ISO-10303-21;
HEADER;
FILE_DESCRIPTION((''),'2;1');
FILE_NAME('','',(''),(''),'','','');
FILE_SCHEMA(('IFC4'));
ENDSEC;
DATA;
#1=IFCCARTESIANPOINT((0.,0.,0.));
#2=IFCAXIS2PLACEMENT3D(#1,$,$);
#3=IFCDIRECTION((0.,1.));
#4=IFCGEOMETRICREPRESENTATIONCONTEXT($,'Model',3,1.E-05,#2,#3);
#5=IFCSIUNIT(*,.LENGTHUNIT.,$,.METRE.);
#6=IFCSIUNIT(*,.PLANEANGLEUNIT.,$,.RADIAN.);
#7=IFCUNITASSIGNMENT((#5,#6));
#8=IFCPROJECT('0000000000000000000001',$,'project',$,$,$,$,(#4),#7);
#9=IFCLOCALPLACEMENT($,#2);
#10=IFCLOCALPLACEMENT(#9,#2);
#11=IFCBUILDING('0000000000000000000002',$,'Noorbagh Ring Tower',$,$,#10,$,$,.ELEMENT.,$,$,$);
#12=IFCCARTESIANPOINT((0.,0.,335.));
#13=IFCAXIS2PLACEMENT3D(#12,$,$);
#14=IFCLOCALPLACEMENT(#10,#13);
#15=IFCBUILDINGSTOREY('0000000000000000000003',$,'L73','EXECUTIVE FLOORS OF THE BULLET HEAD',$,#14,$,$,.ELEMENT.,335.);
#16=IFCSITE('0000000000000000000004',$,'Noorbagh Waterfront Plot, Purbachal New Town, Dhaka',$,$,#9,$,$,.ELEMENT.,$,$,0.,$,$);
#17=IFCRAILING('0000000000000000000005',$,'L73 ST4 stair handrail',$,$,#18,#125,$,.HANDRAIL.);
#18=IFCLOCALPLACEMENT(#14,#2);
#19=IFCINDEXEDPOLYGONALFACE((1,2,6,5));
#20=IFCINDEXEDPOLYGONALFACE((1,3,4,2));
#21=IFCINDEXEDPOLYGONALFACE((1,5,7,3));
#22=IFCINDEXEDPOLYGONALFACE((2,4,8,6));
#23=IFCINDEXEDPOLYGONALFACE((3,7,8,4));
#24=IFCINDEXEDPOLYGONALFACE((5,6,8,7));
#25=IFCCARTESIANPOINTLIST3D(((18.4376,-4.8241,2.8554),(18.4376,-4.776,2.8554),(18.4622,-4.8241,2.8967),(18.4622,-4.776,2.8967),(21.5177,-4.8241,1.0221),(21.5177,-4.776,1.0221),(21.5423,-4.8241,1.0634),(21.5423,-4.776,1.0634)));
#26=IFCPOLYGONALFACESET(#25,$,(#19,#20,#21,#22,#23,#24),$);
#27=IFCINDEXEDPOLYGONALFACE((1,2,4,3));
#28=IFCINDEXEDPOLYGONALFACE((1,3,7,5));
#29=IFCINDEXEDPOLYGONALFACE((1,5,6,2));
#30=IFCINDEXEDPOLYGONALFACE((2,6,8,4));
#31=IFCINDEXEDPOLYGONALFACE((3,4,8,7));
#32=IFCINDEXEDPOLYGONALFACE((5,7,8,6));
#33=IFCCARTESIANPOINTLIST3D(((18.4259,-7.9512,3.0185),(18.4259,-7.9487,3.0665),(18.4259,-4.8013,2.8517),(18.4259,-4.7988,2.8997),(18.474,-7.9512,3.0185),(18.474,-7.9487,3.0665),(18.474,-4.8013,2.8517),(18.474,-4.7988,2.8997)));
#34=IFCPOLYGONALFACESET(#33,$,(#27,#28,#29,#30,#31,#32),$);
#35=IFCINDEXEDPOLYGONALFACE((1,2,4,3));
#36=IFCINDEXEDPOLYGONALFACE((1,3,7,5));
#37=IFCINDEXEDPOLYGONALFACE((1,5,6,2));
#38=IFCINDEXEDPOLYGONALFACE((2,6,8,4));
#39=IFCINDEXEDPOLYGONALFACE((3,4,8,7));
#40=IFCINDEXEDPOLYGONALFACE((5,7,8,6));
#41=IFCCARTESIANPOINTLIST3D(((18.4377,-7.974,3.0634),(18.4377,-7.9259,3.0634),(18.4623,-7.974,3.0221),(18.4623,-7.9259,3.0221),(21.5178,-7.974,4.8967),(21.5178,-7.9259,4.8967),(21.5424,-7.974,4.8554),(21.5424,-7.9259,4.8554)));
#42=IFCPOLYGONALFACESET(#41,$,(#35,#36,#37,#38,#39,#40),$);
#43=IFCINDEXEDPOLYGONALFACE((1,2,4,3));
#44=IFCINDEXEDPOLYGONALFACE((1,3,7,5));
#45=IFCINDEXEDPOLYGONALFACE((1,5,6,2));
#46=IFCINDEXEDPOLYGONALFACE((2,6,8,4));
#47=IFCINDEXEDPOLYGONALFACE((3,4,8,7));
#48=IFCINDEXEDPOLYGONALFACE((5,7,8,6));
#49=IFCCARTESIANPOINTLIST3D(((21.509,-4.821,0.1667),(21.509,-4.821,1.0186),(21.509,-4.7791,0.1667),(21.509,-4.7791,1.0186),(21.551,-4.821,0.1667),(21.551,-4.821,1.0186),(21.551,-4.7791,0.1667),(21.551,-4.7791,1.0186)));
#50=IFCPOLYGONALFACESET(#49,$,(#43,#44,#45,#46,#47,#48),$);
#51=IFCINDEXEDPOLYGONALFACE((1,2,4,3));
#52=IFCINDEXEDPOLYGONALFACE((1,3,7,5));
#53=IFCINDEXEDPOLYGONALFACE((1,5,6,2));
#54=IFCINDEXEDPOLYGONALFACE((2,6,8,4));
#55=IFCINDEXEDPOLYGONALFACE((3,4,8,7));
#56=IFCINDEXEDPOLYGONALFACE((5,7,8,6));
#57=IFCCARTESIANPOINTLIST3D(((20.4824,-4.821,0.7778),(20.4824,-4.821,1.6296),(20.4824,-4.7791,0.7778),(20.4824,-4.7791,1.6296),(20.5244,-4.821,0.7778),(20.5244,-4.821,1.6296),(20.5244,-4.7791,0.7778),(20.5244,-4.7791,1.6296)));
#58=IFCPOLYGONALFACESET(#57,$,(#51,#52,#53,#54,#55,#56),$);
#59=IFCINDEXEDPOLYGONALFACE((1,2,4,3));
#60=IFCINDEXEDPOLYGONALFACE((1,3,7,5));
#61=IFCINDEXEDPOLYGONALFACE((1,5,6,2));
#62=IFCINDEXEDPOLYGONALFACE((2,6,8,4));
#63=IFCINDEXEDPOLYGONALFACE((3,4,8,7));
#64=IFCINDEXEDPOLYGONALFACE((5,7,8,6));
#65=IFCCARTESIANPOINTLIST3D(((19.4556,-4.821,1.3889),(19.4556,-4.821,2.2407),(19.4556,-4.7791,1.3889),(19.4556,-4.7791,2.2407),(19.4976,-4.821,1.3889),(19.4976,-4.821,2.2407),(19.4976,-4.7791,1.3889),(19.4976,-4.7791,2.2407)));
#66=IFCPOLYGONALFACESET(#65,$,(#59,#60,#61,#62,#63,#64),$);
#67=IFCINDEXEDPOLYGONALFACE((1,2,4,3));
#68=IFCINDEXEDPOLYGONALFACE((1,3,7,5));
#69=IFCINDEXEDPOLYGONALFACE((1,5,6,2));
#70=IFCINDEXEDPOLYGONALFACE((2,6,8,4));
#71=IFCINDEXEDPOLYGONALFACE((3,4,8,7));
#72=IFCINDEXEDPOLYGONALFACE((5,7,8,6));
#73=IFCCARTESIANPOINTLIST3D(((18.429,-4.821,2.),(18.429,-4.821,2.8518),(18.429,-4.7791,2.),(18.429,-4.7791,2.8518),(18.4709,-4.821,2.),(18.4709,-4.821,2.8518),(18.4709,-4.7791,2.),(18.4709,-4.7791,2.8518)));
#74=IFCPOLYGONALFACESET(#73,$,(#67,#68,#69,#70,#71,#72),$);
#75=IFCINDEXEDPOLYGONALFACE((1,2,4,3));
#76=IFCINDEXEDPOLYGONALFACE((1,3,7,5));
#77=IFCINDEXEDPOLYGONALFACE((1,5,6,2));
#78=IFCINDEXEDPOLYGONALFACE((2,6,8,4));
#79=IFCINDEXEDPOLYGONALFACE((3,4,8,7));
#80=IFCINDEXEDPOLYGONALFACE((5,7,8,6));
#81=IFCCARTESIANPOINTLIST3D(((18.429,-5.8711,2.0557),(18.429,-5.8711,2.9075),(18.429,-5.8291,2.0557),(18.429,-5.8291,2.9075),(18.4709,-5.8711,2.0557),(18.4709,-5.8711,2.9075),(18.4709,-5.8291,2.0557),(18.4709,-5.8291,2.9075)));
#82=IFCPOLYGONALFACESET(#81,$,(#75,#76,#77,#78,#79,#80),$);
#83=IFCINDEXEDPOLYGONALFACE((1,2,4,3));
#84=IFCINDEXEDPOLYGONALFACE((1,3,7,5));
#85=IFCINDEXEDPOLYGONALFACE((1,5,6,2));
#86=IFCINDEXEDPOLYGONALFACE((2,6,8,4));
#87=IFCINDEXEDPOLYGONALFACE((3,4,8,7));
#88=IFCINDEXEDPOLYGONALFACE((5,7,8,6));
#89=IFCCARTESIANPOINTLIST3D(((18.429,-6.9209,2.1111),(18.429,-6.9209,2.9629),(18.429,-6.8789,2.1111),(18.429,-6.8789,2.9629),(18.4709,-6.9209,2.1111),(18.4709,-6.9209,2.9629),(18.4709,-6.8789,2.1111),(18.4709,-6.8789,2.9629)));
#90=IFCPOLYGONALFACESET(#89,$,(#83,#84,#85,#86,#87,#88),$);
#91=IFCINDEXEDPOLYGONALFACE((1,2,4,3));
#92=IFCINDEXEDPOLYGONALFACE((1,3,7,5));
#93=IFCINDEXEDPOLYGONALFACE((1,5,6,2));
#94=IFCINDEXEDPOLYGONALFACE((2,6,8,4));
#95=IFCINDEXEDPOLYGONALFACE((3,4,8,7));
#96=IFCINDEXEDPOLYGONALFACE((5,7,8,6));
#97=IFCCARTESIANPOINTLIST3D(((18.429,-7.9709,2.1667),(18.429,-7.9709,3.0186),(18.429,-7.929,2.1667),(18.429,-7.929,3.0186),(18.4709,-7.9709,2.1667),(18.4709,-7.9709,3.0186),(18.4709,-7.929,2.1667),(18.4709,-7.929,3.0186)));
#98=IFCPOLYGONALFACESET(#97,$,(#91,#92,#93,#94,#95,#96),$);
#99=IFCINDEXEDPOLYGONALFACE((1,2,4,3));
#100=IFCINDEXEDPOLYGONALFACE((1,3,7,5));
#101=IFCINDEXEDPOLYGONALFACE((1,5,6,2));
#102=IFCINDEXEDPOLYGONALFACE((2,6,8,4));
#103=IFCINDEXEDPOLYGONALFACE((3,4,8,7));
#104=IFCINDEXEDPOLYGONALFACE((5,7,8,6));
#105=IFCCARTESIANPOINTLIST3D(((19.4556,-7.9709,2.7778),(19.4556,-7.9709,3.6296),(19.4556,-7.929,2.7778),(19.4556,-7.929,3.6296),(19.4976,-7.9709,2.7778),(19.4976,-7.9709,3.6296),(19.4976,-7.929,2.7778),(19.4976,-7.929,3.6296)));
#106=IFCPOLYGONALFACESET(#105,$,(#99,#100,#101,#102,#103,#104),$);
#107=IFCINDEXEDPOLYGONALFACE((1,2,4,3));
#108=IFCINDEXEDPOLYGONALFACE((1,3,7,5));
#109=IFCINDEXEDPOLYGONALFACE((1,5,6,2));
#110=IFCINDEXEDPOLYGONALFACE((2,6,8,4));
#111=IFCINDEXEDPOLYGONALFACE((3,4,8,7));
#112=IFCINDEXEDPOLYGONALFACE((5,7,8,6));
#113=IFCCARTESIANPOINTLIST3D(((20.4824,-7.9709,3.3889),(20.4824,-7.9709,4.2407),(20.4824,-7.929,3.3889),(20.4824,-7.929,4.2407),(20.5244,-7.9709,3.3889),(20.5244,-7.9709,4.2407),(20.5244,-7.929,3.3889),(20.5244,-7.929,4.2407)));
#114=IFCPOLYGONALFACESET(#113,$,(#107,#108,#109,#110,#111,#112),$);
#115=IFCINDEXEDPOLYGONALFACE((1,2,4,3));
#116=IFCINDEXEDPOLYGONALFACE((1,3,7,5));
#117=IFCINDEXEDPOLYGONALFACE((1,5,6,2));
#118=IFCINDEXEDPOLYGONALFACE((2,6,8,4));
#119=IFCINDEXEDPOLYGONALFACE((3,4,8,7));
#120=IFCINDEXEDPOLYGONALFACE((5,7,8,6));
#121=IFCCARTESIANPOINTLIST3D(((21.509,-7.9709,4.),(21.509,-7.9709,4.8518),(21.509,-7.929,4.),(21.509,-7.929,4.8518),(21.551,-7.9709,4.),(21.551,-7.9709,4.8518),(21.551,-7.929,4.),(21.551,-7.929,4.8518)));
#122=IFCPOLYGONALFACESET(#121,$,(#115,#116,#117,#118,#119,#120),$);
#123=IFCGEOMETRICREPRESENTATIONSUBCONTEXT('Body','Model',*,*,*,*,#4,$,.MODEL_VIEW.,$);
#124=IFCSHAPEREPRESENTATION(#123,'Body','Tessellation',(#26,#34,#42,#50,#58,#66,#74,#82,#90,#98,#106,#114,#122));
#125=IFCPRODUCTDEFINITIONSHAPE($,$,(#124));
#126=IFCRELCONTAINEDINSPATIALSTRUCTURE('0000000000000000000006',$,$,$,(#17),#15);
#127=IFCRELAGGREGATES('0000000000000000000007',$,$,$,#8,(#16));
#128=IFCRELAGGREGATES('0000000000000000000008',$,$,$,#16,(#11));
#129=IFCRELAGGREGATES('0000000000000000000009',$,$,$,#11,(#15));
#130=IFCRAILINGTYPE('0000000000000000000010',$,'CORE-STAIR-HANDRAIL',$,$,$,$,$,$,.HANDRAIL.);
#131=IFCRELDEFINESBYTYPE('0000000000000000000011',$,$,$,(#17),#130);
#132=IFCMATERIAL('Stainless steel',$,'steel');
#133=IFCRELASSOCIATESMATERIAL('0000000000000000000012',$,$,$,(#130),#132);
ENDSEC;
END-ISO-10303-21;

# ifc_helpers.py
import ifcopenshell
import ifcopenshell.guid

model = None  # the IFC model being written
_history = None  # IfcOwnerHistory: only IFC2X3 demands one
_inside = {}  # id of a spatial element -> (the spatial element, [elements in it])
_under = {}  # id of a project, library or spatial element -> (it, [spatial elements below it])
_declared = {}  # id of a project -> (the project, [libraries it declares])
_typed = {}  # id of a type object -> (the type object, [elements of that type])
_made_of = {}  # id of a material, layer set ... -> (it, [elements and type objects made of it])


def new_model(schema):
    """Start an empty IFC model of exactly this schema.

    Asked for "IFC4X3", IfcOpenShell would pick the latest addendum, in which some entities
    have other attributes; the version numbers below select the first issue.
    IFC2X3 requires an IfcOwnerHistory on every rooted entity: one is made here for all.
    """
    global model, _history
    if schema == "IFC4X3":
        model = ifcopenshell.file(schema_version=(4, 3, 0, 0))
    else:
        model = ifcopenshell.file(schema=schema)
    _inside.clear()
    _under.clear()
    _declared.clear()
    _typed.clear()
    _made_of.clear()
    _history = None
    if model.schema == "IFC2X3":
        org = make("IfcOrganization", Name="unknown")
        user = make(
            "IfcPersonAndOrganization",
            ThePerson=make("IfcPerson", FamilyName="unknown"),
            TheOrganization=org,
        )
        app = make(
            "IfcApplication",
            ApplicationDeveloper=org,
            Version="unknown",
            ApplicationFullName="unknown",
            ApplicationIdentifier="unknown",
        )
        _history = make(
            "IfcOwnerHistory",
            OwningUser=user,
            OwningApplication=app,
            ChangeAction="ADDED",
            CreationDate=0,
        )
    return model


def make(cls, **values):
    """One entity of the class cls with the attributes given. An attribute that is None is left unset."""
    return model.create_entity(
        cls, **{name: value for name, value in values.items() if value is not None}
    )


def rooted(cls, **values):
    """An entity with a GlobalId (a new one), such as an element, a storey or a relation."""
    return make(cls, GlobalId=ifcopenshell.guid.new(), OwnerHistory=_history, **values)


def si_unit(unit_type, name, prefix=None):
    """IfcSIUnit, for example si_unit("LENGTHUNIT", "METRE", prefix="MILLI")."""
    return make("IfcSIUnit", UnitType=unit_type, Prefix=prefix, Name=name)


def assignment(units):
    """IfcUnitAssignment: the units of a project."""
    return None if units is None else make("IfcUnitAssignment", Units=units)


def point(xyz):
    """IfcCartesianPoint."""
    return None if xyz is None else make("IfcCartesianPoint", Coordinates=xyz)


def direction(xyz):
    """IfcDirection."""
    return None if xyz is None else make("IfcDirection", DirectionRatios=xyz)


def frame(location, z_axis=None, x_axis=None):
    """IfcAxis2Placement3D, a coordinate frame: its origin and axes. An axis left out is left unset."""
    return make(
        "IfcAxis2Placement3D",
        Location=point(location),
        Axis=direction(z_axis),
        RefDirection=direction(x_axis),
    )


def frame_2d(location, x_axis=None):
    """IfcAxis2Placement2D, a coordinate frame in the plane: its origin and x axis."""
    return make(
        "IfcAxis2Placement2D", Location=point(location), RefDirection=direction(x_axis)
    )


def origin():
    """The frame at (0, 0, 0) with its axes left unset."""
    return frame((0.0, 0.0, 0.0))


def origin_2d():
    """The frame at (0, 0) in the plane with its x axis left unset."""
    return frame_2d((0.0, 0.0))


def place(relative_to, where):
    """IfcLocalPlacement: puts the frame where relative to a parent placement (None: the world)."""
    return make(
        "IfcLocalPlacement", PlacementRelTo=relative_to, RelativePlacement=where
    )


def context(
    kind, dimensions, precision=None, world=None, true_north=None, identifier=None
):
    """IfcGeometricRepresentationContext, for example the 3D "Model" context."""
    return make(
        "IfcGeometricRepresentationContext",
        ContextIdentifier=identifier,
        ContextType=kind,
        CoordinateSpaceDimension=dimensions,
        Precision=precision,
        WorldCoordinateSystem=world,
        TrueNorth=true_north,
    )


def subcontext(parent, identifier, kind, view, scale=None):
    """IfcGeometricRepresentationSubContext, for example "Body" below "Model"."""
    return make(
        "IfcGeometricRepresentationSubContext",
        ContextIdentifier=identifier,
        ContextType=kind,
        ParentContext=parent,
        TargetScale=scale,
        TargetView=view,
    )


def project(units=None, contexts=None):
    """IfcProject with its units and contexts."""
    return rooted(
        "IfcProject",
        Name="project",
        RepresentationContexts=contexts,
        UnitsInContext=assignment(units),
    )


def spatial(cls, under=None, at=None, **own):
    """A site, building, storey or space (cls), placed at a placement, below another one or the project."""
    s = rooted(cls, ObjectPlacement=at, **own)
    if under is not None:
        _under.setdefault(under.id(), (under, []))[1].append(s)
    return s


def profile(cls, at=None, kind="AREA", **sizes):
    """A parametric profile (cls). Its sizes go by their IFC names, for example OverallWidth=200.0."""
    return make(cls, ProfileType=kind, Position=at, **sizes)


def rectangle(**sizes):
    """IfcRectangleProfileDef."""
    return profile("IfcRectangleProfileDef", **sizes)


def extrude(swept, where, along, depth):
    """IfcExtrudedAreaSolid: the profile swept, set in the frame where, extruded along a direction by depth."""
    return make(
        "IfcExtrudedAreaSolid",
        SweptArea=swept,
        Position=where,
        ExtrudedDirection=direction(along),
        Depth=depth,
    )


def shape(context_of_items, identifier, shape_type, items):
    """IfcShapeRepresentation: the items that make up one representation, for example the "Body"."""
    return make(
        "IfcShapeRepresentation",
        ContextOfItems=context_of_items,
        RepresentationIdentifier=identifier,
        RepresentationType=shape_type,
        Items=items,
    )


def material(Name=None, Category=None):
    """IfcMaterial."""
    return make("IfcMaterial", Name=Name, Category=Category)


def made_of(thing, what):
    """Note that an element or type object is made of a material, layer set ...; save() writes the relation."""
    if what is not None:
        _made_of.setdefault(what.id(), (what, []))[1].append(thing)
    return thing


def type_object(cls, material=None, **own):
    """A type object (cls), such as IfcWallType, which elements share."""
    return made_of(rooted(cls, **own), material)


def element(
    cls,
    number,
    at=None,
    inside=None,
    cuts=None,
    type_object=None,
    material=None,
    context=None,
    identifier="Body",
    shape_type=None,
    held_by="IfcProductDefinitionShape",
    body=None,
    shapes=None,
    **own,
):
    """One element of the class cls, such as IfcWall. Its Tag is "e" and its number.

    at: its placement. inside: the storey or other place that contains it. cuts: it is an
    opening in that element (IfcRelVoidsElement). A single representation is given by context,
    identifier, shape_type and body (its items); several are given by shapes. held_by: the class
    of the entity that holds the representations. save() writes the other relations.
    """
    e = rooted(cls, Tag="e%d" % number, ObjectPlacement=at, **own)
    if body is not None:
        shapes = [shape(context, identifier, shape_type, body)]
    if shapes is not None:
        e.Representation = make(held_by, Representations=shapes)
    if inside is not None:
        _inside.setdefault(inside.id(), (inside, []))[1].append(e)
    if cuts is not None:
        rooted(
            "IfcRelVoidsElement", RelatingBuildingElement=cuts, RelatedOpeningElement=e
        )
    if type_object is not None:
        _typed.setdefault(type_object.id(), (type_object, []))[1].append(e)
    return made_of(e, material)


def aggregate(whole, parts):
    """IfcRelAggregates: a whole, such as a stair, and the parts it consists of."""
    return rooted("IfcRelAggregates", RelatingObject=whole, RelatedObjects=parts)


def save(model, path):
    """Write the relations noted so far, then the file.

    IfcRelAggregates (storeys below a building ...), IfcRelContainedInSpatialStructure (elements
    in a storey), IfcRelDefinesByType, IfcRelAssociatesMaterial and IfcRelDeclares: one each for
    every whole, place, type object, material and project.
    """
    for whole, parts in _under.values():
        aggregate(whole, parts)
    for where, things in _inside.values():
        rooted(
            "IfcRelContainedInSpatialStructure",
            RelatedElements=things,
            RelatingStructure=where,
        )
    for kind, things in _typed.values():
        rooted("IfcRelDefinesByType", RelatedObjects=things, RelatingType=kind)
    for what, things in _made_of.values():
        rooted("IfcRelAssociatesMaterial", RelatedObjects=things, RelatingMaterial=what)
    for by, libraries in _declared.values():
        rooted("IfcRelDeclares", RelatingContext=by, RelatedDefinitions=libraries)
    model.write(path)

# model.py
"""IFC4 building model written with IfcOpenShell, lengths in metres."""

from ifc_helpers import new_model, si_unit, direction, frame, origin, origin_2d, place, context, subcontext, project, spatial, rectangle, extrude, material, type_object, element, save


model = new_model("IFC4")

# Units and contexts
model_context = context("Model", 3, precision=1e-05, world=origin(), true_north=direction((0.0, 1.0)))
body_context = subcontext(model_context, "Body", "Model", "MODEL_VIEW")
ifc_project = project(units=[si_unit("LENGTHUNIT", "METRE"), si_unit("PLANEANGLEUNIT", "RADIAN")], contexts=[model_context])

# Site, building, storey
site_placement = place(None, origin())
site = spatial("IfcSite", under=ifc_project, at=site_placement, Name="Noorbagh Waterfront Plot, Purbachal New Town, Dhaka", CompositionType="ELEMENT", RefElevation=0.0)
building_placement = place(site_placement, origin())
building = spatial("IfcBuilding", under=site, at=building_placement, Name="Noorbagh Ring Tower", CompositionType="ELEMENT")
storey_placement = place(building_placement, frame((0.0, 0.0, 335.0)))
storey = spatial("IfcBuildingStorey", under=building, at=storey_placement, Name="L73", Description="EXECUTIVE FLOORS OF THE BULLET HEAD", CompositionType="ELEMENT", Elevation=335.0)

# Railing
ifc_material_1 = material(Name="Stainless steel", Category="steel")
railing_type_1 = type_object("IfcRailingType", Name="CORE-STAIR-HANDRAIL", PredefinedType="HANDRAIL", material=ifc_material_1)
railing_1_placement = place(storey_placement, frame((21.53, -4.8, 0.1667)))
element("IfcRailing", 1, at=railing_1_placement, inside=storey, type_object=railing_type_1, Name="L73 ST4 stair handrail", PredefinedType="HANDRAIL", context=body_context, shape_type="SweptSolid", body=[
    extrude(rectangle(XDim=0.0481, YDim=0.0481, at=origin_2d()), frame((0.0, 0.0, 0.876), z_axis=(-0.859309, 0.0, 0.511458), x_axis=(0.0, -1.0, 0.0)), (0.0, 0.0, 1.0), 3.5845),
    extrude(rectangle(XDim=0.0481, YDim=0.0481, at=origin_2d()), frame((-3.0801, 0.0, 2.709), z_axis=(0.0, -0.998602, 0.052864), x_axis=(1.0, 0.0, 0.0)), (0.0, 0.0, 1.0), 3.1543),
    extrude(rectangle(XDim=0.0481, YDim=0.0481, at=origin_2d()), frame((-3.0801, -3.1499, 2.876), z_axis=(0.859309, 0.0, 0.511458), x_axis=(0.0, 1.0, 0.0)), (0.0, 0.0, 1.0), 3.5845),
    extrude(rectangle(XDim=0.042, YDim=0.042, at=origin_2d()), origin(), (0.0, 0.0, 1.0), 0.8518),
    extrude(rectangle(XDim=0.042, YDim=0.042, at=origin_2d()), frame((-1.0266, 0.0, 0.6111)), (0.0, 0.0, 1.0), 0.8518),
    extrude(rectangle(XDim=0.042, YDim=0.042, at=origin_2d()), frame((-2.0535, 0.0, 1.2222)), (0.0, 0.0, 1.0), 0.8518),
    extrude(rectangle(XDim=0.042, YDim=0.042, at=origin_2d()), frame((-3.0801, 0.0, 1.8333)), (0.0, 0.0, 1.0), 0.8518),
    extrude(rectangle(XDim=0.042, YDim=0.042, at=origin_2d()), frame((-3.0801, -1.05, 1.8889)), (0.0, 0.0, 1.0), 0.8518),
    extrude(rectangle(XDim=0.042, YDim=0.042, at=origin_2d()), frame((-3.0801, -2.0999, 1.9443)), (0.0, 0.0, 1.0), 0.8518),
    extrude(rectangle(XDim=0.042, YDim=0.042, at=origin_2d()), frame((-3.0801, -3.1499, 2.0)), (0.0, 0.0, 1.0), 0.8518),
    extrude(rectangle(XDim=0.042, YDim=0.042, at=origin_2d()), frame((-2.0535, -3.1499, 2.6111)), (0.0, 0.0, 1.0), 0.8518),
    extrude(rectangle(XDim=0.042, YDim=0.042, at=origin_2d()), frame((-1.0266, -3.1499, 3.2222)), (0.0, 0.0, 1.0), 0.8518),
    extrude(rectangle(XDim=0.042, YDim=0.042, at=origin_2d()), frame((0.0, -3.1499, 3.8333)), (0.0, 0.0, 1.0), 0.8518),
])

save(model, "model.ifc")
